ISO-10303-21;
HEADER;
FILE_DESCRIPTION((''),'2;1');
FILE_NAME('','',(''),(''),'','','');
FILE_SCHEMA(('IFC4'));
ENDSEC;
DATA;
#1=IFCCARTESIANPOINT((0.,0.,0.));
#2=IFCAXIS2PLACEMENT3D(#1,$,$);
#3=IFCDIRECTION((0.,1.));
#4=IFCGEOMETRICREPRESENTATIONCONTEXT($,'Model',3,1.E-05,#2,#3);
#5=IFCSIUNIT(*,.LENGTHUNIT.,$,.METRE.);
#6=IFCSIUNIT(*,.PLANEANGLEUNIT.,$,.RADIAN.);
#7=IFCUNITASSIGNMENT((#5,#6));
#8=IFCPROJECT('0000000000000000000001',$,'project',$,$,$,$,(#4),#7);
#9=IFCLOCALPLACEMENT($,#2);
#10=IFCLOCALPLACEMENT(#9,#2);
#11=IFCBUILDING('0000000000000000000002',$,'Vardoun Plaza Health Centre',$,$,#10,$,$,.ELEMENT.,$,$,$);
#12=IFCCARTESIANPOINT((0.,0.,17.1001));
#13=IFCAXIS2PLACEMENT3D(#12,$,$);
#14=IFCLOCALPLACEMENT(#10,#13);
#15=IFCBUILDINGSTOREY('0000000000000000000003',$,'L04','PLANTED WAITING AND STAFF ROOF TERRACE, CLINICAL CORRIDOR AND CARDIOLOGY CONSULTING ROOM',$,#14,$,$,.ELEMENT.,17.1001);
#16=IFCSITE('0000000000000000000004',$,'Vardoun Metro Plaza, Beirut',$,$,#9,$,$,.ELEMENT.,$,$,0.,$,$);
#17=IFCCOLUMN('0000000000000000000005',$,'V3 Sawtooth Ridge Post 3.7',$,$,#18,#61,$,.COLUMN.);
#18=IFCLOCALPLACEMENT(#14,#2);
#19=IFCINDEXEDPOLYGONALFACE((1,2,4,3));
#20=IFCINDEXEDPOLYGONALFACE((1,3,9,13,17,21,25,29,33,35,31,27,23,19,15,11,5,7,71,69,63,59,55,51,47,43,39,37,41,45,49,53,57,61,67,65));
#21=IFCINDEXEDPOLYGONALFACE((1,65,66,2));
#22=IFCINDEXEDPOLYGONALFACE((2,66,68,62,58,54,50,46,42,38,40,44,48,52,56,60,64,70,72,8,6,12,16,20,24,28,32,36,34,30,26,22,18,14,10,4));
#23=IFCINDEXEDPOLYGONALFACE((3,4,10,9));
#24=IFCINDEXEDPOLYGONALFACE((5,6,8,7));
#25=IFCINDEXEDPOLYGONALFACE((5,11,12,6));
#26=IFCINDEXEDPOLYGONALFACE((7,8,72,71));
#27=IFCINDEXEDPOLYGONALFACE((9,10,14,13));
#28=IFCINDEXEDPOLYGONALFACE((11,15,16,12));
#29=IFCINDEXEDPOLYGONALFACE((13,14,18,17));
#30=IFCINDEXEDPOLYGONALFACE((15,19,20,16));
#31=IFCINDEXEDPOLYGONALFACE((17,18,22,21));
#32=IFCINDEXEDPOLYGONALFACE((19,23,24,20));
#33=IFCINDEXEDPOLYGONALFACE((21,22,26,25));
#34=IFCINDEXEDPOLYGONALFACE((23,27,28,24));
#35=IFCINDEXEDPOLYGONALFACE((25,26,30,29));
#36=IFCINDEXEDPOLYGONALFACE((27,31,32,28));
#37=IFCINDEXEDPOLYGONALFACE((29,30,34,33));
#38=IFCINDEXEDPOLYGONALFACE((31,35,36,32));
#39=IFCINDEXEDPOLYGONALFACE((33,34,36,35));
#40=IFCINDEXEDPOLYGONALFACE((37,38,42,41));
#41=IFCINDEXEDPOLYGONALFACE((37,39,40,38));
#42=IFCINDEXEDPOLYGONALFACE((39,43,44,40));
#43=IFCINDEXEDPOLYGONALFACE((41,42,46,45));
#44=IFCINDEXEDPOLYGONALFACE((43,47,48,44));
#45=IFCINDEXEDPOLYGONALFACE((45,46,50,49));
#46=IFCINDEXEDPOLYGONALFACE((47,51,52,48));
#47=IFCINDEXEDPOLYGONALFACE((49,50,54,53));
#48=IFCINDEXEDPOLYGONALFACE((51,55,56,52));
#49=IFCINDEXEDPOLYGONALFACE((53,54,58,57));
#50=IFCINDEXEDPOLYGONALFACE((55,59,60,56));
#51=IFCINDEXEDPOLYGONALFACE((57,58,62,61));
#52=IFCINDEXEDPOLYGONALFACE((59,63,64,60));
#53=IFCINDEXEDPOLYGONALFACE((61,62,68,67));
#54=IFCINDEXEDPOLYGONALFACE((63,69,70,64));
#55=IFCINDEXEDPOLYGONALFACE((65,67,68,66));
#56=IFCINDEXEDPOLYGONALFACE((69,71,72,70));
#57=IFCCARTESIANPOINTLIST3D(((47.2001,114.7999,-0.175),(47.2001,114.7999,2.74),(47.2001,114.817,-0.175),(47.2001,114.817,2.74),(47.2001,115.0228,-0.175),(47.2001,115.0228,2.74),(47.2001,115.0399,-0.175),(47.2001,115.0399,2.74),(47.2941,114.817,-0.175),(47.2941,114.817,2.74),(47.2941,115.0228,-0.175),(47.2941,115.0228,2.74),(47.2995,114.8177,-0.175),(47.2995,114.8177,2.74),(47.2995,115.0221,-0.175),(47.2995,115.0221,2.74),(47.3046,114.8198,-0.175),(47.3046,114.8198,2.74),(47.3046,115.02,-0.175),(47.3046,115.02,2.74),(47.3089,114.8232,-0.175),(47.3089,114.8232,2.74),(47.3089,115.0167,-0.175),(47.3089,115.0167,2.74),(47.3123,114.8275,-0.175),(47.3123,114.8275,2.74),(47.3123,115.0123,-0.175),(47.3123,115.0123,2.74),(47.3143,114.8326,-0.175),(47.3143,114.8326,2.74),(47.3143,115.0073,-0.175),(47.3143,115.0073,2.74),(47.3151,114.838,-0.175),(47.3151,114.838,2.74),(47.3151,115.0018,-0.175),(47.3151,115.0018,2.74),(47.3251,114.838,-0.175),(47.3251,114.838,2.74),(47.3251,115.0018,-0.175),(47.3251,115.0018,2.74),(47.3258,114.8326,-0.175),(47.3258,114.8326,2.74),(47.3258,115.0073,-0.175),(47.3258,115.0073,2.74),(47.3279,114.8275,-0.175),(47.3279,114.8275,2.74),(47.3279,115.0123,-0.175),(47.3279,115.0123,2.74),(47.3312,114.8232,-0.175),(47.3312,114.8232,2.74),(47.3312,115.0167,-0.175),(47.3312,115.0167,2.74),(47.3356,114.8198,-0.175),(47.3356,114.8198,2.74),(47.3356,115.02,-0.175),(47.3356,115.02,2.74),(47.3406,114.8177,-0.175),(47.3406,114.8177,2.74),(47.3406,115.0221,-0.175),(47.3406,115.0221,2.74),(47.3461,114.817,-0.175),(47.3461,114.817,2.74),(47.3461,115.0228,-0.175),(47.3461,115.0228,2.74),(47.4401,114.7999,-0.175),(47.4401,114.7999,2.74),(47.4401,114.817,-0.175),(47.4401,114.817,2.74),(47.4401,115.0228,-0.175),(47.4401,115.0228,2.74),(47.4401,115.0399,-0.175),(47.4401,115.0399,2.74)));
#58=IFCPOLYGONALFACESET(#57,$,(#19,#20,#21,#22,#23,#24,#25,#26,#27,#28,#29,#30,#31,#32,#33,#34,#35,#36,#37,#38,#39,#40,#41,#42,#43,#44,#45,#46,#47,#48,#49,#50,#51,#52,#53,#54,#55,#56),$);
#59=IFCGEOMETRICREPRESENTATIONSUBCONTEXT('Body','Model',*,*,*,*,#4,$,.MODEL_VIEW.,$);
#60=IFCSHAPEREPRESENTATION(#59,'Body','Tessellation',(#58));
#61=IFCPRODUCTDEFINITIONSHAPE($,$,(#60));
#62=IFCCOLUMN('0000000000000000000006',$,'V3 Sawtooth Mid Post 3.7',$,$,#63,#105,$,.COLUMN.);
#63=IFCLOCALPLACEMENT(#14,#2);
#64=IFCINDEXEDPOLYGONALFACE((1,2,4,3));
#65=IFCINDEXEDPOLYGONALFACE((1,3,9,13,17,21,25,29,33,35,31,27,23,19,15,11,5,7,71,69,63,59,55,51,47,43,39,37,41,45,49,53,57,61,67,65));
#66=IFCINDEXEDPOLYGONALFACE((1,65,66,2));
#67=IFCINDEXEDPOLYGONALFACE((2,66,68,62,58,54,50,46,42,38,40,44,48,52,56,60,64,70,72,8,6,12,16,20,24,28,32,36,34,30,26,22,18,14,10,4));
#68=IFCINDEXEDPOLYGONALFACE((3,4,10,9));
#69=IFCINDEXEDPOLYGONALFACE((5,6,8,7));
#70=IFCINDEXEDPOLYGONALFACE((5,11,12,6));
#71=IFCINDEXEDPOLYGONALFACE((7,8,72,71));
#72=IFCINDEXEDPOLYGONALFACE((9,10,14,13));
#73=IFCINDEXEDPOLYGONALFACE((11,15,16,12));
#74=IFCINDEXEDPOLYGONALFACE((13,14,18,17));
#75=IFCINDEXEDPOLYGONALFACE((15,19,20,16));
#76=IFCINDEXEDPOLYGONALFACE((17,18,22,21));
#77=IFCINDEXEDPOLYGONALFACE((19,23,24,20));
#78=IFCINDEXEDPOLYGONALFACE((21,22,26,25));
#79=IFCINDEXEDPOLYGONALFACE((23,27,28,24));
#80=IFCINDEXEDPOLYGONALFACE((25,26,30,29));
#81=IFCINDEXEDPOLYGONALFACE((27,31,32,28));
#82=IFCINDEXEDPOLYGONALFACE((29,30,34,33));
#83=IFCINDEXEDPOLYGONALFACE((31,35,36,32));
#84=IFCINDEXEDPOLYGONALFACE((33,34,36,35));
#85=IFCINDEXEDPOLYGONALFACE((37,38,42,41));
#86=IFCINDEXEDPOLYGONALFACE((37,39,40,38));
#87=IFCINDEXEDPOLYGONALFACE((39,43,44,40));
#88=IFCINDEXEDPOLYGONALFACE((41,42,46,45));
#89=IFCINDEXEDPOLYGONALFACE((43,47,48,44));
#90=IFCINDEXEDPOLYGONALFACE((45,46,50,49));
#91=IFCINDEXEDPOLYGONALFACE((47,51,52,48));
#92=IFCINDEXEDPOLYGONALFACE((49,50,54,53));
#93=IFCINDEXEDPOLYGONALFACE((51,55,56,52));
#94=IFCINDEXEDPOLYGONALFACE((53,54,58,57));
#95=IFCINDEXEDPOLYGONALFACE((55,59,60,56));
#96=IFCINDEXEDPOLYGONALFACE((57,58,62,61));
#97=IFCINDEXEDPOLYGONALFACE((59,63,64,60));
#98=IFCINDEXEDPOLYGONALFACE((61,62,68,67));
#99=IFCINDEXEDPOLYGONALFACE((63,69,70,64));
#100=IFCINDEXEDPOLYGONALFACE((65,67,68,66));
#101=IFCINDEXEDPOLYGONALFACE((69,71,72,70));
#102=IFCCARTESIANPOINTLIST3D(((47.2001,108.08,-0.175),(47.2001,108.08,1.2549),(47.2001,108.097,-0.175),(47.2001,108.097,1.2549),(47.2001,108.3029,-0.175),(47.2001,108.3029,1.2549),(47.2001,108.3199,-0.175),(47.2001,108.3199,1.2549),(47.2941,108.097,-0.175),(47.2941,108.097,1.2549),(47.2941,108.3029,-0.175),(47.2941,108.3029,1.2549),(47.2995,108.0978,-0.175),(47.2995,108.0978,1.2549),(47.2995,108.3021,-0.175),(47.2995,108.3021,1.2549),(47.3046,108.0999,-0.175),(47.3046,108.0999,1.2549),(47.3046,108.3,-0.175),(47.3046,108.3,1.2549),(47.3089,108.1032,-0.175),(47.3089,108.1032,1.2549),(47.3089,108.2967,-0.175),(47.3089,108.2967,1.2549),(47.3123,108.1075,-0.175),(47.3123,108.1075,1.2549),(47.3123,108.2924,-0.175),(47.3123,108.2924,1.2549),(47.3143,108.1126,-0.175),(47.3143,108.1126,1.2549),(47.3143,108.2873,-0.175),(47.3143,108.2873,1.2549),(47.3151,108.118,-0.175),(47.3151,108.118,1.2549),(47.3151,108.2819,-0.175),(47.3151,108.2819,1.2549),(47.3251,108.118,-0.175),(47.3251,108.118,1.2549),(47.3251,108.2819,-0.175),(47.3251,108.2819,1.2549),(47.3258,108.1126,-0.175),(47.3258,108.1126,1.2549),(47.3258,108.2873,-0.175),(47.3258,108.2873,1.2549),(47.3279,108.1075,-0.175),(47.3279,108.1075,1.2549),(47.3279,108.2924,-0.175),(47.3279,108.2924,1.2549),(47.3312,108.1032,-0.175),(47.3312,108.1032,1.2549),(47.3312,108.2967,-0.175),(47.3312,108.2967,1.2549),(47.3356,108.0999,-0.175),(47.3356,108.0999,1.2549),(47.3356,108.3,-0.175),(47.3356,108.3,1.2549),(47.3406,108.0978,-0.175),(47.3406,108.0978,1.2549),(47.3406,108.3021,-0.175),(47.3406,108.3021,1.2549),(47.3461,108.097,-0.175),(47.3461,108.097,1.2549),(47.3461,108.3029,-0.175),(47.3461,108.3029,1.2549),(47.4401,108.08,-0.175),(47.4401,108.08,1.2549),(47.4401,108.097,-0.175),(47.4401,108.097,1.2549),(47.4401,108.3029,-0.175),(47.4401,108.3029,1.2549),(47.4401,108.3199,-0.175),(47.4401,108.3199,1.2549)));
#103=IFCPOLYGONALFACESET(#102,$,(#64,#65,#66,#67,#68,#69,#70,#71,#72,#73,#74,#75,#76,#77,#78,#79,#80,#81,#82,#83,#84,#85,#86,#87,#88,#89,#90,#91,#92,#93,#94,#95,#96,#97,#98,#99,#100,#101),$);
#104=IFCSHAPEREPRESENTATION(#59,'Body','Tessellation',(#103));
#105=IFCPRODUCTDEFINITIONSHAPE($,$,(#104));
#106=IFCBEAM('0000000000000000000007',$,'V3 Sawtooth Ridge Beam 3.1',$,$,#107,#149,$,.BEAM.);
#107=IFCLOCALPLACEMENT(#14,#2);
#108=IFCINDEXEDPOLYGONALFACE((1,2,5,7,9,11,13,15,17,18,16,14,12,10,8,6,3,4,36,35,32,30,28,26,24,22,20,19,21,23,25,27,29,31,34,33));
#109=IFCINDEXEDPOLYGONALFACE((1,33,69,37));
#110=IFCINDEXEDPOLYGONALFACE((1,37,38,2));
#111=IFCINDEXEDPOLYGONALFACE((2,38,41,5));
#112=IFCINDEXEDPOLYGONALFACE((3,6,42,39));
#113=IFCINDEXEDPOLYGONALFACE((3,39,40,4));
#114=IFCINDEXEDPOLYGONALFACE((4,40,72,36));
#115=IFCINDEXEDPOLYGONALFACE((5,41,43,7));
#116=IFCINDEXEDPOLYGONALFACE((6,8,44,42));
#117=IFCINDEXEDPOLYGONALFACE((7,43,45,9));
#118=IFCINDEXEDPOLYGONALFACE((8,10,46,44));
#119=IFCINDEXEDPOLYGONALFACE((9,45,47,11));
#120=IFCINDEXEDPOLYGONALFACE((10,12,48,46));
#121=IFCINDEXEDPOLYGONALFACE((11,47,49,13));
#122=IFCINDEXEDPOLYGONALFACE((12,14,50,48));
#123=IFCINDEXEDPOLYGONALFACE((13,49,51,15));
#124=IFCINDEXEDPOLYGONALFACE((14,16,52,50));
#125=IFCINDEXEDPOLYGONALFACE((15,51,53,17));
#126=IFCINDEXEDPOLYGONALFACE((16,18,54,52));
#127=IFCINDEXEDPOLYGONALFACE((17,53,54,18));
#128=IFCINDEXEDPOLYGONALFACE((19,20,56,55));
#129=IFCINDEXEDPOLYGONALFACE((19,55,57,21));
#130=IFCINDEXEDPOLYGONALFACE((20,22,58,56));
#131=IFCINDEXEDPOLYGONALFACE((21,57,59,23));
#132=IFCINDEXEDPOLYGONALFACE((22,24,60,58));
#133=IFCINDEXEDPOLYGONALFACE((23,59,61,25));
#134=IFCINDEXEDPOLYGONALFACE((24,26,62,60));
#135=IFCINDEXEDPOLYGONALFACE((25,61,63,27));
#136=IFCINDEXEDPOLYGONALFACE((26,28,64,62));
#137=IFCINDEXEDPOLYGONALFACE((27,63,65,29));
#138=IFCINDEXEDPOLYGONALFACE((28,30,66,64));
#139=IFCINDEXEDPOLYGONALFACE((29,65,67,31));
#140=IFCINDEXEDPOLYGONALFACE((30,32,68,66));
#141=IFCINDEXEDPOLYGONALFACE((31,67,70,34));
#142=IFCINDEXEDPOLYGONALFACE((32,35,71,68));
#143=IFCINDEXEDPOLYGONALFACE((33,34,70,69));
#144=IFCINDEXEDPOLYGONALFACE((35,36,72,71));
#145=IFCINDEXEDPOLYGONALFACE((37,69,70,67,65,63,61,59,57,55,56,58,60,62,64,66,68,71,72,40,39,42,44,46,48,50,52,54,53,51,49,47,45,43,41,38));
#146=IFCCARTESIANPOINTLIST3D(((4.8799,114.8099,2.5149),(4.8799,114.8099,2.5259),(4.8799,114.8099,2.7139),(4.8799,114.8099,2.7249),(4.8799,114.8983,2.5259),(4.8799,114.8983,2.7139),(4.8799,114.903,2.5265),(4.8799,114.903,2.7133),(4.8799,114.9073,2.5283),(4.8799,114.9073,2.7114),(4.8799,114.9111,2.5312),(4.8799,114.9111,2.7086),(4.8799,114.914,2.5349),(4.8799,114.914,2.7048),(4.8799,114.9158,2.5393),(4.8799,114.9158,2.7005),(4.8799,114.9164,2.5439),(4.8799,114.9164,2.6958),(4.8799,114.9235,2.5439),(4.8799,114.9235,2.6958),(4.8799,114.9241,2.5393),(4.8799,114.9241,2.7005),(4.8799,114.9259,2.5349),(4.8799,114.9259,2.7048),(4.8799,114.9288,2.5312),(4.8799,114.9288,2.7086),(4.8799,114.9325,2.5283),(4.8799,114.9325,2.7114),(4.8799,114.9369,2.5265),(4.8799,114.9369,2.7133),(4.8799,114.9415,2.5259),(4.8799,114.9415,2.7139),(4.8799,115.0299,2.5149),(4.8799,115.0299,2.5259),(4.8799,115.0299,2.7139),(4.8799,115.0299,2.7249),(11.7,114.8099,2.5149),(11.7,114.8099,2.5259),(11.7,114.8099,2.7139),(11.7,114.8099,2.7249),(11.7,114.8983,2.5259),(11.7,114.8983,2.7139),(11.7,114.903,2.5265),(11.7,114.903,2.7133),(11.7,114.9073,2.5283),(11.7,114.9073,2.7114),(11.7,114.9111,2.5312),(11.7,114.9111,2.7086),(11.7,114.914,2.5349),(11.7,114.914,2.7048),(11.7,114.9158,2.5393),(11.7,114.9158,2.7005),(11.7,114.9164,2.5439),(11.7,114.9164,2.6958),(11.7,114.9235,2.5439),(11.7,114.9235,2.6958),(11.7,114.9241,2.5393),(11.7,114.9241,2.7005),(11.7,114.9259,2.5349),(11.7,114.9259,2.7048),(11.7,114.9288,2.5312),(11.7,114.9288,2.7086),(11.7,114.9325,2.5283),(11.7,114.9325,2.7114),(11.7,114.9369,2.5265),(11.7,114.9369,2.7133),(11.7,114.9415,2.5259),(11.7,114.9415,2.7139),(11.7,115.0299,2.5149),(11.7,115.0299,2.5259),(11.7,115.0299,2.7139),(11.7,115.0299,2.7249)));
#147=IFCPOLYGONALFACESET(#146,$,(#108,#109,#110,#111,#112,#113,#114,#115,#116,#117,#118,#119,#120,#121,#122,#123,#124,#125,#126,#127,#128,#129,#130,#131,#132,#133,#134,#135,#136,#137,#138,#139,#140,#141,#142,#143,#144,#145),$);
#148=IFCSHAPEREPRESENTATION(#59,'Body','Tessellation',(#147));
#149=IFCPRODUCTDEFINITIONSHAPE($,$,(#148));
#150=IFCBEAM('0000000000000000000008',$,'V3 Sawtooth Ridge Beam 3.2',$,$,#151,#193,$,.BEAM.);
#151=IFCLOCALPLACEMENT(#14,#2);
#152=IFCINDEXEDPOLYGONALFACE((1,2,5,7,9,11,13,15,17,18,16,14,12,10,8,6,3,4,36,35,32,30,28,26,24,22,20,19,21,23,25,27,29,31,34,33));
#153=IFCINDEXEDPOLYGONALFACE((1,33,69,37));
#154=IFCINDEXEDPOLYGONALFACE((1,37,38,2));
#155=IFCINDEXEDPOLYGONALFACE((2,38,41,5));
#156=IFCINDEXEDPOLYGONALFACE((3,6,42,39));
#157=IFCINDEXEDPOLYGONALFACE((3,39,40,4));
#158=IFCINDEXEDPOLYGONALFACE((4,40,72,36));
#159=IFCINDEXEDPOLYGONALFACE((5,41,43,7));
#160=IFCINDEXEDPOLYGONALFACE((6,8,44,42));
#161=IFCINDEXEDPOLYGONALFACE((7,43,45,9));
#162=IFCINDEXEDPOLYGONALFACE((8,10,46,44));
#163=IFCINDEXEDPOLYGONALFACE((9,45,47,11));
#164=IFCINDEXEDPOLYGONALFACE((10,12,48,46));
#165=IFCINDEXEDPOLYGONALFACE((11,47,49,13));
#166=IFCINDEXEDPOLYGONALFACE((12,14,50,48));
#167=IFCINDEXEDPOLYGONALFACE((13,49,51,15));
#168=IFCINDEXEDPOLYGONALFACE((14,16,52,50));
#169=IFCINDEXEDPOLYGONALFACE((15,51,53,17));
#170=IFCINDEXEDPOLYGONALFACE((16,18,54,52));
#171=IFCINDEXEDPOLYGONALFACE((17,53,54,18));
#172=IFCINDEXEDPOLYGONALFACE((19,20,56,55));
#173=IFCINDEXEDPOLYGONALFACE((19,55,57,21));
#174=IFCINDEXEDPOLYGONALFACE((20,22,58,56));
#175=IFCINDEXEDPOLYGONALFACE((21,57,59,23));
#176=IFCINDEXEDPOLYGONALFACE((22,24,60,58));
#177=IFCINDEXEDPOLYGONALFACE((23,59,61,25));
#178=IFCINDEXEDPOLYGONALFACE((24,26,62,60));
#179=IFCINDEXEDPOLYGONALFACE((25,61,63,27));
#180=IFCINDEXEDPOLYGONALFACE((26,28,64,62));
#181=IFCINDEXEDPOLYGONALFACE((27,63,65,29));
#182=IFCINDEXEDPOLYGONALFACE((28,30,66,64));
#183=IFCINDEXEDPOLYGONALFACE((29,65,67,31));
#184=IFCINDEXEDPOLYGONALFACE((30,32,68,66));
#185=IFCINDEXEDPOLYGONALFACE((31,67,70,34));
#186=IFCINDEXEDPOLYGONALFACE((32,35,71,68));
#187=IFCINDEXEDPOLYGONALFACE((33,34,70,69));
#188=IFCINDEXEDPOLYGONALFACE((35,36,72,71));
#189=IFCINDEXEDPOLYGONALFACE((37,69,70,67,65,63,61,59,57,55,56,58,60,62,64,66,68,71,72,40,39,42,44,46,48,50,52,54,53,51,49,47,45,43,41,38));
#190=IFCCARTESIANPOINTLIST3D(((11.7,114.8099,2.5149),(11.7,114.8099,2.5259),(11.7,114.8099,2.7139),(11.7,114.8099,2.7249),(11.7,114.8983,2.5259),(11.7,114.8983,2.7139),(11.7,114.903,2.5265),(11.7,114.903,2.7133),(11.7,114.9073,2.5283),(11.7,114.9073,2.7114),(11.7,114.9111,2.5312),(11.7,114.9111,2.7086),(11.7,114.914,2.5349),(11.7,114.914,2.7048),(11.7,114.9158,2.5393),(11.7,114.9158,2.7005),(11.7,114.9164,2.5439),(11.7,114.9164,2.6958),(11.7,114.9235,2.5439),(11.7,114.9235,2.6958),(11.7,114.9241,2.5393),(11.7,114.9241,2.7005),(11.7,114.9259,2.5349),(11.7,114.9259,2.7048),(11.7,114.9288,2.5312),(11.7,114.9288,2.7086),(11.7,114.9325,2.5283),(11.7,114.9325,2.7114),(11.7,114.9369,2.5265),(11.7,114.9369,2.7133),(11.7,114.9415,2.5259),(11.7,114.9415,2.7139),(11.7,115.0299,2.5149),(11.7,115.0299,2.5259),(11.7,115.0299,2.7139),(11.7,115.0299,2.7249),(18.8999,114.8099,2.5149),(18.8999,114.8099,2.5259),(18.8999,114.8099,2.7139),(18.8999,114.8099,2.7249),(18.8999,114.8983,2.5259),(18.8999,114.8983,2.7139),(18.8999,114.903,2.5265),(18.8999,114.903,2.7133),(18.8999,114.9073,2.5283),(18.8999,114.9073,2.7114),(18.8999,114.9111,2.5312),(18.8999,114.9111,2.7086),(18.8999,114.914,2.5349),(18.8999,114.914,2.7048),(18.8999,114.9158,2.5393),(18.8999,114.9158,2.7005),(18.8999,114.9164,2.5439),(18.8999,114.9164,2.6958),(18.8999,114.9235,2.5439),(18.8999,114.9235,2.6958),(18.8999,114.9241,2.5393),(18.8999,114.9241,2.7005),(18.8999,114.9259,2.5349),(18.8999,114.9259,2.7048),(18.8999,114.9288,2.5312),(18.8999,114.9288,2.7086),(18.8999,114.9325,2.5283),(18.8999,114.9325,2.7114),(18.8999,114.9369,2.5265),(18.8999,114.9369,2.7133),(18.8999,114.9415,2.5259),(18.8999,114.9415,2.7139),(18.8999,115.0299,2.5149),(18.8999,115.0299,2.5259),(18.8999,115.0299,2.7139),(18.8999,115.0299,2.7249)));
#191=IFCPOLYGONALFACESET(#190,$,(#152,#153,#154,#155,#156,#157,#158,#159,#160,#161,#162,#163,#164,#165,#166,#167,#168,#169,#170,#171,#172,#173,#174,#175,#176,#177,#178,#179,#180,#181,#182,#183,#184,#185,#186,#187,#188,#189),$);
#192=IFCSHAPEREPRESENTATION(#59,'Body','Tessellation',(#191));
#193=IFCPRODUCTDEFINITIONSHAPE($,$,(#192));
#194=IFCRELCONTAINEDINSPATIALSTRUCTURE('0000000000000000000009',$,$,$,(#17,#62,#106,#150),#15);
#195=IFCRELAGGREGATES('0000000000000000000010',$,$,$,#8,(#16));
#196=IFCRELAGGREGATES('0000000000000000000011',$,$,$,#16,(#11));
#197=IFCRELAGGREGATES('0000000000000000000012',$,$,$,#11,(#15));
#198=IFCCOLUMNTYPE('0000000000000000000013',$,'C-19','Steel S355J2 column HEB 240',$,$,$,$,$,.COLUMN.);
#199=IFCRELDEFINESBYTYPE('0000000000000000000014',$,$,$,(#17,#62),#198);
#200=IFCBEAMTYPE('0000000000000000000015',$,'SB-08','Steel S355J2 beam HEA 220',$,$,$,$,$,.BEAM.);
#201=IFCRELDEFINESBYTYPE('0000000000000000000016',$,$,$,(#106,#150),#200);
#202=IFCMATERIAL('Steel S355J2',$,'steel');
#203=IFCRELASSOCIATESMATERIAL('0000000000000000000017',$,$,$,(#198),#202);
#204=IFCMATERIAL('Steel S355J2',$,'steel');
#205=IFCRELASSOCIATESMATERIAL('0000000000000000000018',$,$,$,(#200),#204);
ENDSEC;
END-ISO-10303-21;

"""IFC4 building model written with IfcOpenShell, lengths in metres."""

from ifc_helpers import new_model, si_unit, direction, frame, origin, origin_2d, place, context, subcontext, project, spatial, i_section, extrude, material, material_profile, profile_set, type_object, element, save


model = new_model("IFC4")

# Units and contexts
model_context = context("Model", 3, precision=1e-05, world=origin(), true_north=direction((0.0, 1.0)))
body_context = subcontext(model_context, "Body", "Model", "MODEL_VIEW")
ifc_project = project(units=[si_unit("LENGTHUNIT", "METRE"), si_unit("PLANEANGLEUNIT", "RADIAN")], contexts=[model_context])

# Site, building, storey
site_placement = place(None, origin())
site = spatial("IfcSite", under=ifc_project, at=site_placement, Name="Vardoun Metro Plaza, Beirut", CompositionType="ELEMENT", RefElevation=0.0)
building_placement = place(site_placement, origin())
building = spatial("IfcBuilding", under=site, at=building_placement, Name="Vardoun Plaza Health Centre", CompositionType="ELEMENT")
storey_placement = place(building_placement, frame((0.0, 0.0, 17.1001)))
storey = spatial("IfcBuildingStorey", under=building, at=storey_placement, Name="L04", Description="PLANTED WAITING AND STAFF ROOF TERRACE, CLINICAL CORRIDOR AND CARDIOLOGY CONSULTING ROOM", CompositionType="ELEMENT", Elevation=17.1001)

# Columns
ifc_material_1 = material(Name="Steel S355J2", Category="steel")
ifc_material_profile_1 = material_profile(ifc_material_1, i_section(OverallWidth=0.24, OverallDepth=0.24, WebThickness=0.01, FlangeThickness=0.0171, FilletRadius=0.021, at=origin_2d()), Name="HEB 240")
ifc_profile_set_1 = profile_set([ifc_material_profile_1], Name="Steel S355J2")
column_type = type_object("IfcColumnType", Name="C-19", Description="Steel S355J2 column HEB 240", PredefinedType="COLUMN", material=ifc_profile_set_1)
column_1_placement = place(storey_placement, frame((47.3201, 114.9199, -0.175), z_axis=(0.0, 0.0, 1.0), x_axis=(1.0, 0.0, 0.0)))
element("IfcColumn", 1, at=column_1_placement, inside=storey, type_object=column_type, Name="V3 Sawtooth Ridge Post 3.7", PredefinedType="COLUMN", context=body_context, shape_type="SweptSolid", body=[
    extrude(i_section(OverallWidth=0.24, OverallDepth=0.24, WebThickness=0.01, FlangeThickness=0.0171, FilletRadius=0.021, at=origin_2d()), origin(), (0.0, 0.0, 1.0), 2.915),
])
column_2_placement = place(storey_placement, frame((47.3201, 108.2, -0.175), z_axis=(0.0, 0.0, 1.0), x_axis=(1.0, 0.0, 0.0)))
element("IfcColumn", 2, at=column_2_placement, inside=storey, type_object=column_type, Name="V3 Sawtooth Mid Post 3.7", PredefinedType="COLUMN", context=body_context, shape_type="SweptSolid", body=[
    extrude(i_section(OverallWidth=0.24, OverallDepth=0.24, WebThickness=0.01, FlangeThickness=0.0171, FilletRadius=0.021, at=origin_2d()), origin(), (0.0, 0.0, 1.0), 1.4299),
])

# Beams
ifc_material_2 = material(Name="Steel S355J2", Category="steel")
ifc_material_profile_2 = material_profile(ifc_material_2, i_section(OverallWidth=0.22, OverallDepth=0.21, WebThickness=0.0071, FlangeThickness=0.011, FilletRadius=0.0181, at=origin_2d()), Name="HEA 220")
ifc_profile_set_2 = profile_set([ifc_material_profile_2], Name="Steel S355J2")
beam_type_1 = type_object("IfcBeamType", Name="SB-08", Description="Steel S355J2 beam HEA 220", PredefinedType="BEAM", material=ifc_profile_set_2)
beam_1_placement = place(storey_placement, frame((4.8799, 114.9199, 2.6199), z_axis=(1.0, 0.0, 0.0), x_axis=(0.0, 1.0, 0.0)))
element("IfcBeam", 3, at=beam_1_placement, inside=storey, type_object=beam_type_1, Name="V3 Sawtooth Ridge Beam 3.1", PredefinedType="BEAM", context=body_context, shape_type="SweptSolid", body=[
    extrude(i_section(OverallWidth=0.22, OverallDepth=0.21, WebThickness=0.0071, FlangeThickness=0.011, FilletRadius=0.0181, at=origin_2d()), origin(), (0.0, 0.0, 1.0), 6.8201),
])
beam_2_placement = place(storey_placement, frame((11.7, 114.9199, 2.6199), z_axis=(1.0, 0.0, 0.0), x_axis=(0.0, 1.0, 0.0)))
element("IfcBeam", 4, at=beam_2_placement, inside=storey, type_object=beam_type_1, Name="V3 Sawtooth Ridge Beam 3.2", PredefinedType="BEAM", context=body_context, shape_type="SweptSolid", body=[
    extrude(i_section(OverallWidth=0.22, OverallDepth=0.21, WebThickness=0.0071, FlangeThickness=0.011, FilletRadius=0.0181, at=origin_2d()), origin(), (0.0, 0.0, 1.0), 7.2),
])

save(model, "model.ifc")
